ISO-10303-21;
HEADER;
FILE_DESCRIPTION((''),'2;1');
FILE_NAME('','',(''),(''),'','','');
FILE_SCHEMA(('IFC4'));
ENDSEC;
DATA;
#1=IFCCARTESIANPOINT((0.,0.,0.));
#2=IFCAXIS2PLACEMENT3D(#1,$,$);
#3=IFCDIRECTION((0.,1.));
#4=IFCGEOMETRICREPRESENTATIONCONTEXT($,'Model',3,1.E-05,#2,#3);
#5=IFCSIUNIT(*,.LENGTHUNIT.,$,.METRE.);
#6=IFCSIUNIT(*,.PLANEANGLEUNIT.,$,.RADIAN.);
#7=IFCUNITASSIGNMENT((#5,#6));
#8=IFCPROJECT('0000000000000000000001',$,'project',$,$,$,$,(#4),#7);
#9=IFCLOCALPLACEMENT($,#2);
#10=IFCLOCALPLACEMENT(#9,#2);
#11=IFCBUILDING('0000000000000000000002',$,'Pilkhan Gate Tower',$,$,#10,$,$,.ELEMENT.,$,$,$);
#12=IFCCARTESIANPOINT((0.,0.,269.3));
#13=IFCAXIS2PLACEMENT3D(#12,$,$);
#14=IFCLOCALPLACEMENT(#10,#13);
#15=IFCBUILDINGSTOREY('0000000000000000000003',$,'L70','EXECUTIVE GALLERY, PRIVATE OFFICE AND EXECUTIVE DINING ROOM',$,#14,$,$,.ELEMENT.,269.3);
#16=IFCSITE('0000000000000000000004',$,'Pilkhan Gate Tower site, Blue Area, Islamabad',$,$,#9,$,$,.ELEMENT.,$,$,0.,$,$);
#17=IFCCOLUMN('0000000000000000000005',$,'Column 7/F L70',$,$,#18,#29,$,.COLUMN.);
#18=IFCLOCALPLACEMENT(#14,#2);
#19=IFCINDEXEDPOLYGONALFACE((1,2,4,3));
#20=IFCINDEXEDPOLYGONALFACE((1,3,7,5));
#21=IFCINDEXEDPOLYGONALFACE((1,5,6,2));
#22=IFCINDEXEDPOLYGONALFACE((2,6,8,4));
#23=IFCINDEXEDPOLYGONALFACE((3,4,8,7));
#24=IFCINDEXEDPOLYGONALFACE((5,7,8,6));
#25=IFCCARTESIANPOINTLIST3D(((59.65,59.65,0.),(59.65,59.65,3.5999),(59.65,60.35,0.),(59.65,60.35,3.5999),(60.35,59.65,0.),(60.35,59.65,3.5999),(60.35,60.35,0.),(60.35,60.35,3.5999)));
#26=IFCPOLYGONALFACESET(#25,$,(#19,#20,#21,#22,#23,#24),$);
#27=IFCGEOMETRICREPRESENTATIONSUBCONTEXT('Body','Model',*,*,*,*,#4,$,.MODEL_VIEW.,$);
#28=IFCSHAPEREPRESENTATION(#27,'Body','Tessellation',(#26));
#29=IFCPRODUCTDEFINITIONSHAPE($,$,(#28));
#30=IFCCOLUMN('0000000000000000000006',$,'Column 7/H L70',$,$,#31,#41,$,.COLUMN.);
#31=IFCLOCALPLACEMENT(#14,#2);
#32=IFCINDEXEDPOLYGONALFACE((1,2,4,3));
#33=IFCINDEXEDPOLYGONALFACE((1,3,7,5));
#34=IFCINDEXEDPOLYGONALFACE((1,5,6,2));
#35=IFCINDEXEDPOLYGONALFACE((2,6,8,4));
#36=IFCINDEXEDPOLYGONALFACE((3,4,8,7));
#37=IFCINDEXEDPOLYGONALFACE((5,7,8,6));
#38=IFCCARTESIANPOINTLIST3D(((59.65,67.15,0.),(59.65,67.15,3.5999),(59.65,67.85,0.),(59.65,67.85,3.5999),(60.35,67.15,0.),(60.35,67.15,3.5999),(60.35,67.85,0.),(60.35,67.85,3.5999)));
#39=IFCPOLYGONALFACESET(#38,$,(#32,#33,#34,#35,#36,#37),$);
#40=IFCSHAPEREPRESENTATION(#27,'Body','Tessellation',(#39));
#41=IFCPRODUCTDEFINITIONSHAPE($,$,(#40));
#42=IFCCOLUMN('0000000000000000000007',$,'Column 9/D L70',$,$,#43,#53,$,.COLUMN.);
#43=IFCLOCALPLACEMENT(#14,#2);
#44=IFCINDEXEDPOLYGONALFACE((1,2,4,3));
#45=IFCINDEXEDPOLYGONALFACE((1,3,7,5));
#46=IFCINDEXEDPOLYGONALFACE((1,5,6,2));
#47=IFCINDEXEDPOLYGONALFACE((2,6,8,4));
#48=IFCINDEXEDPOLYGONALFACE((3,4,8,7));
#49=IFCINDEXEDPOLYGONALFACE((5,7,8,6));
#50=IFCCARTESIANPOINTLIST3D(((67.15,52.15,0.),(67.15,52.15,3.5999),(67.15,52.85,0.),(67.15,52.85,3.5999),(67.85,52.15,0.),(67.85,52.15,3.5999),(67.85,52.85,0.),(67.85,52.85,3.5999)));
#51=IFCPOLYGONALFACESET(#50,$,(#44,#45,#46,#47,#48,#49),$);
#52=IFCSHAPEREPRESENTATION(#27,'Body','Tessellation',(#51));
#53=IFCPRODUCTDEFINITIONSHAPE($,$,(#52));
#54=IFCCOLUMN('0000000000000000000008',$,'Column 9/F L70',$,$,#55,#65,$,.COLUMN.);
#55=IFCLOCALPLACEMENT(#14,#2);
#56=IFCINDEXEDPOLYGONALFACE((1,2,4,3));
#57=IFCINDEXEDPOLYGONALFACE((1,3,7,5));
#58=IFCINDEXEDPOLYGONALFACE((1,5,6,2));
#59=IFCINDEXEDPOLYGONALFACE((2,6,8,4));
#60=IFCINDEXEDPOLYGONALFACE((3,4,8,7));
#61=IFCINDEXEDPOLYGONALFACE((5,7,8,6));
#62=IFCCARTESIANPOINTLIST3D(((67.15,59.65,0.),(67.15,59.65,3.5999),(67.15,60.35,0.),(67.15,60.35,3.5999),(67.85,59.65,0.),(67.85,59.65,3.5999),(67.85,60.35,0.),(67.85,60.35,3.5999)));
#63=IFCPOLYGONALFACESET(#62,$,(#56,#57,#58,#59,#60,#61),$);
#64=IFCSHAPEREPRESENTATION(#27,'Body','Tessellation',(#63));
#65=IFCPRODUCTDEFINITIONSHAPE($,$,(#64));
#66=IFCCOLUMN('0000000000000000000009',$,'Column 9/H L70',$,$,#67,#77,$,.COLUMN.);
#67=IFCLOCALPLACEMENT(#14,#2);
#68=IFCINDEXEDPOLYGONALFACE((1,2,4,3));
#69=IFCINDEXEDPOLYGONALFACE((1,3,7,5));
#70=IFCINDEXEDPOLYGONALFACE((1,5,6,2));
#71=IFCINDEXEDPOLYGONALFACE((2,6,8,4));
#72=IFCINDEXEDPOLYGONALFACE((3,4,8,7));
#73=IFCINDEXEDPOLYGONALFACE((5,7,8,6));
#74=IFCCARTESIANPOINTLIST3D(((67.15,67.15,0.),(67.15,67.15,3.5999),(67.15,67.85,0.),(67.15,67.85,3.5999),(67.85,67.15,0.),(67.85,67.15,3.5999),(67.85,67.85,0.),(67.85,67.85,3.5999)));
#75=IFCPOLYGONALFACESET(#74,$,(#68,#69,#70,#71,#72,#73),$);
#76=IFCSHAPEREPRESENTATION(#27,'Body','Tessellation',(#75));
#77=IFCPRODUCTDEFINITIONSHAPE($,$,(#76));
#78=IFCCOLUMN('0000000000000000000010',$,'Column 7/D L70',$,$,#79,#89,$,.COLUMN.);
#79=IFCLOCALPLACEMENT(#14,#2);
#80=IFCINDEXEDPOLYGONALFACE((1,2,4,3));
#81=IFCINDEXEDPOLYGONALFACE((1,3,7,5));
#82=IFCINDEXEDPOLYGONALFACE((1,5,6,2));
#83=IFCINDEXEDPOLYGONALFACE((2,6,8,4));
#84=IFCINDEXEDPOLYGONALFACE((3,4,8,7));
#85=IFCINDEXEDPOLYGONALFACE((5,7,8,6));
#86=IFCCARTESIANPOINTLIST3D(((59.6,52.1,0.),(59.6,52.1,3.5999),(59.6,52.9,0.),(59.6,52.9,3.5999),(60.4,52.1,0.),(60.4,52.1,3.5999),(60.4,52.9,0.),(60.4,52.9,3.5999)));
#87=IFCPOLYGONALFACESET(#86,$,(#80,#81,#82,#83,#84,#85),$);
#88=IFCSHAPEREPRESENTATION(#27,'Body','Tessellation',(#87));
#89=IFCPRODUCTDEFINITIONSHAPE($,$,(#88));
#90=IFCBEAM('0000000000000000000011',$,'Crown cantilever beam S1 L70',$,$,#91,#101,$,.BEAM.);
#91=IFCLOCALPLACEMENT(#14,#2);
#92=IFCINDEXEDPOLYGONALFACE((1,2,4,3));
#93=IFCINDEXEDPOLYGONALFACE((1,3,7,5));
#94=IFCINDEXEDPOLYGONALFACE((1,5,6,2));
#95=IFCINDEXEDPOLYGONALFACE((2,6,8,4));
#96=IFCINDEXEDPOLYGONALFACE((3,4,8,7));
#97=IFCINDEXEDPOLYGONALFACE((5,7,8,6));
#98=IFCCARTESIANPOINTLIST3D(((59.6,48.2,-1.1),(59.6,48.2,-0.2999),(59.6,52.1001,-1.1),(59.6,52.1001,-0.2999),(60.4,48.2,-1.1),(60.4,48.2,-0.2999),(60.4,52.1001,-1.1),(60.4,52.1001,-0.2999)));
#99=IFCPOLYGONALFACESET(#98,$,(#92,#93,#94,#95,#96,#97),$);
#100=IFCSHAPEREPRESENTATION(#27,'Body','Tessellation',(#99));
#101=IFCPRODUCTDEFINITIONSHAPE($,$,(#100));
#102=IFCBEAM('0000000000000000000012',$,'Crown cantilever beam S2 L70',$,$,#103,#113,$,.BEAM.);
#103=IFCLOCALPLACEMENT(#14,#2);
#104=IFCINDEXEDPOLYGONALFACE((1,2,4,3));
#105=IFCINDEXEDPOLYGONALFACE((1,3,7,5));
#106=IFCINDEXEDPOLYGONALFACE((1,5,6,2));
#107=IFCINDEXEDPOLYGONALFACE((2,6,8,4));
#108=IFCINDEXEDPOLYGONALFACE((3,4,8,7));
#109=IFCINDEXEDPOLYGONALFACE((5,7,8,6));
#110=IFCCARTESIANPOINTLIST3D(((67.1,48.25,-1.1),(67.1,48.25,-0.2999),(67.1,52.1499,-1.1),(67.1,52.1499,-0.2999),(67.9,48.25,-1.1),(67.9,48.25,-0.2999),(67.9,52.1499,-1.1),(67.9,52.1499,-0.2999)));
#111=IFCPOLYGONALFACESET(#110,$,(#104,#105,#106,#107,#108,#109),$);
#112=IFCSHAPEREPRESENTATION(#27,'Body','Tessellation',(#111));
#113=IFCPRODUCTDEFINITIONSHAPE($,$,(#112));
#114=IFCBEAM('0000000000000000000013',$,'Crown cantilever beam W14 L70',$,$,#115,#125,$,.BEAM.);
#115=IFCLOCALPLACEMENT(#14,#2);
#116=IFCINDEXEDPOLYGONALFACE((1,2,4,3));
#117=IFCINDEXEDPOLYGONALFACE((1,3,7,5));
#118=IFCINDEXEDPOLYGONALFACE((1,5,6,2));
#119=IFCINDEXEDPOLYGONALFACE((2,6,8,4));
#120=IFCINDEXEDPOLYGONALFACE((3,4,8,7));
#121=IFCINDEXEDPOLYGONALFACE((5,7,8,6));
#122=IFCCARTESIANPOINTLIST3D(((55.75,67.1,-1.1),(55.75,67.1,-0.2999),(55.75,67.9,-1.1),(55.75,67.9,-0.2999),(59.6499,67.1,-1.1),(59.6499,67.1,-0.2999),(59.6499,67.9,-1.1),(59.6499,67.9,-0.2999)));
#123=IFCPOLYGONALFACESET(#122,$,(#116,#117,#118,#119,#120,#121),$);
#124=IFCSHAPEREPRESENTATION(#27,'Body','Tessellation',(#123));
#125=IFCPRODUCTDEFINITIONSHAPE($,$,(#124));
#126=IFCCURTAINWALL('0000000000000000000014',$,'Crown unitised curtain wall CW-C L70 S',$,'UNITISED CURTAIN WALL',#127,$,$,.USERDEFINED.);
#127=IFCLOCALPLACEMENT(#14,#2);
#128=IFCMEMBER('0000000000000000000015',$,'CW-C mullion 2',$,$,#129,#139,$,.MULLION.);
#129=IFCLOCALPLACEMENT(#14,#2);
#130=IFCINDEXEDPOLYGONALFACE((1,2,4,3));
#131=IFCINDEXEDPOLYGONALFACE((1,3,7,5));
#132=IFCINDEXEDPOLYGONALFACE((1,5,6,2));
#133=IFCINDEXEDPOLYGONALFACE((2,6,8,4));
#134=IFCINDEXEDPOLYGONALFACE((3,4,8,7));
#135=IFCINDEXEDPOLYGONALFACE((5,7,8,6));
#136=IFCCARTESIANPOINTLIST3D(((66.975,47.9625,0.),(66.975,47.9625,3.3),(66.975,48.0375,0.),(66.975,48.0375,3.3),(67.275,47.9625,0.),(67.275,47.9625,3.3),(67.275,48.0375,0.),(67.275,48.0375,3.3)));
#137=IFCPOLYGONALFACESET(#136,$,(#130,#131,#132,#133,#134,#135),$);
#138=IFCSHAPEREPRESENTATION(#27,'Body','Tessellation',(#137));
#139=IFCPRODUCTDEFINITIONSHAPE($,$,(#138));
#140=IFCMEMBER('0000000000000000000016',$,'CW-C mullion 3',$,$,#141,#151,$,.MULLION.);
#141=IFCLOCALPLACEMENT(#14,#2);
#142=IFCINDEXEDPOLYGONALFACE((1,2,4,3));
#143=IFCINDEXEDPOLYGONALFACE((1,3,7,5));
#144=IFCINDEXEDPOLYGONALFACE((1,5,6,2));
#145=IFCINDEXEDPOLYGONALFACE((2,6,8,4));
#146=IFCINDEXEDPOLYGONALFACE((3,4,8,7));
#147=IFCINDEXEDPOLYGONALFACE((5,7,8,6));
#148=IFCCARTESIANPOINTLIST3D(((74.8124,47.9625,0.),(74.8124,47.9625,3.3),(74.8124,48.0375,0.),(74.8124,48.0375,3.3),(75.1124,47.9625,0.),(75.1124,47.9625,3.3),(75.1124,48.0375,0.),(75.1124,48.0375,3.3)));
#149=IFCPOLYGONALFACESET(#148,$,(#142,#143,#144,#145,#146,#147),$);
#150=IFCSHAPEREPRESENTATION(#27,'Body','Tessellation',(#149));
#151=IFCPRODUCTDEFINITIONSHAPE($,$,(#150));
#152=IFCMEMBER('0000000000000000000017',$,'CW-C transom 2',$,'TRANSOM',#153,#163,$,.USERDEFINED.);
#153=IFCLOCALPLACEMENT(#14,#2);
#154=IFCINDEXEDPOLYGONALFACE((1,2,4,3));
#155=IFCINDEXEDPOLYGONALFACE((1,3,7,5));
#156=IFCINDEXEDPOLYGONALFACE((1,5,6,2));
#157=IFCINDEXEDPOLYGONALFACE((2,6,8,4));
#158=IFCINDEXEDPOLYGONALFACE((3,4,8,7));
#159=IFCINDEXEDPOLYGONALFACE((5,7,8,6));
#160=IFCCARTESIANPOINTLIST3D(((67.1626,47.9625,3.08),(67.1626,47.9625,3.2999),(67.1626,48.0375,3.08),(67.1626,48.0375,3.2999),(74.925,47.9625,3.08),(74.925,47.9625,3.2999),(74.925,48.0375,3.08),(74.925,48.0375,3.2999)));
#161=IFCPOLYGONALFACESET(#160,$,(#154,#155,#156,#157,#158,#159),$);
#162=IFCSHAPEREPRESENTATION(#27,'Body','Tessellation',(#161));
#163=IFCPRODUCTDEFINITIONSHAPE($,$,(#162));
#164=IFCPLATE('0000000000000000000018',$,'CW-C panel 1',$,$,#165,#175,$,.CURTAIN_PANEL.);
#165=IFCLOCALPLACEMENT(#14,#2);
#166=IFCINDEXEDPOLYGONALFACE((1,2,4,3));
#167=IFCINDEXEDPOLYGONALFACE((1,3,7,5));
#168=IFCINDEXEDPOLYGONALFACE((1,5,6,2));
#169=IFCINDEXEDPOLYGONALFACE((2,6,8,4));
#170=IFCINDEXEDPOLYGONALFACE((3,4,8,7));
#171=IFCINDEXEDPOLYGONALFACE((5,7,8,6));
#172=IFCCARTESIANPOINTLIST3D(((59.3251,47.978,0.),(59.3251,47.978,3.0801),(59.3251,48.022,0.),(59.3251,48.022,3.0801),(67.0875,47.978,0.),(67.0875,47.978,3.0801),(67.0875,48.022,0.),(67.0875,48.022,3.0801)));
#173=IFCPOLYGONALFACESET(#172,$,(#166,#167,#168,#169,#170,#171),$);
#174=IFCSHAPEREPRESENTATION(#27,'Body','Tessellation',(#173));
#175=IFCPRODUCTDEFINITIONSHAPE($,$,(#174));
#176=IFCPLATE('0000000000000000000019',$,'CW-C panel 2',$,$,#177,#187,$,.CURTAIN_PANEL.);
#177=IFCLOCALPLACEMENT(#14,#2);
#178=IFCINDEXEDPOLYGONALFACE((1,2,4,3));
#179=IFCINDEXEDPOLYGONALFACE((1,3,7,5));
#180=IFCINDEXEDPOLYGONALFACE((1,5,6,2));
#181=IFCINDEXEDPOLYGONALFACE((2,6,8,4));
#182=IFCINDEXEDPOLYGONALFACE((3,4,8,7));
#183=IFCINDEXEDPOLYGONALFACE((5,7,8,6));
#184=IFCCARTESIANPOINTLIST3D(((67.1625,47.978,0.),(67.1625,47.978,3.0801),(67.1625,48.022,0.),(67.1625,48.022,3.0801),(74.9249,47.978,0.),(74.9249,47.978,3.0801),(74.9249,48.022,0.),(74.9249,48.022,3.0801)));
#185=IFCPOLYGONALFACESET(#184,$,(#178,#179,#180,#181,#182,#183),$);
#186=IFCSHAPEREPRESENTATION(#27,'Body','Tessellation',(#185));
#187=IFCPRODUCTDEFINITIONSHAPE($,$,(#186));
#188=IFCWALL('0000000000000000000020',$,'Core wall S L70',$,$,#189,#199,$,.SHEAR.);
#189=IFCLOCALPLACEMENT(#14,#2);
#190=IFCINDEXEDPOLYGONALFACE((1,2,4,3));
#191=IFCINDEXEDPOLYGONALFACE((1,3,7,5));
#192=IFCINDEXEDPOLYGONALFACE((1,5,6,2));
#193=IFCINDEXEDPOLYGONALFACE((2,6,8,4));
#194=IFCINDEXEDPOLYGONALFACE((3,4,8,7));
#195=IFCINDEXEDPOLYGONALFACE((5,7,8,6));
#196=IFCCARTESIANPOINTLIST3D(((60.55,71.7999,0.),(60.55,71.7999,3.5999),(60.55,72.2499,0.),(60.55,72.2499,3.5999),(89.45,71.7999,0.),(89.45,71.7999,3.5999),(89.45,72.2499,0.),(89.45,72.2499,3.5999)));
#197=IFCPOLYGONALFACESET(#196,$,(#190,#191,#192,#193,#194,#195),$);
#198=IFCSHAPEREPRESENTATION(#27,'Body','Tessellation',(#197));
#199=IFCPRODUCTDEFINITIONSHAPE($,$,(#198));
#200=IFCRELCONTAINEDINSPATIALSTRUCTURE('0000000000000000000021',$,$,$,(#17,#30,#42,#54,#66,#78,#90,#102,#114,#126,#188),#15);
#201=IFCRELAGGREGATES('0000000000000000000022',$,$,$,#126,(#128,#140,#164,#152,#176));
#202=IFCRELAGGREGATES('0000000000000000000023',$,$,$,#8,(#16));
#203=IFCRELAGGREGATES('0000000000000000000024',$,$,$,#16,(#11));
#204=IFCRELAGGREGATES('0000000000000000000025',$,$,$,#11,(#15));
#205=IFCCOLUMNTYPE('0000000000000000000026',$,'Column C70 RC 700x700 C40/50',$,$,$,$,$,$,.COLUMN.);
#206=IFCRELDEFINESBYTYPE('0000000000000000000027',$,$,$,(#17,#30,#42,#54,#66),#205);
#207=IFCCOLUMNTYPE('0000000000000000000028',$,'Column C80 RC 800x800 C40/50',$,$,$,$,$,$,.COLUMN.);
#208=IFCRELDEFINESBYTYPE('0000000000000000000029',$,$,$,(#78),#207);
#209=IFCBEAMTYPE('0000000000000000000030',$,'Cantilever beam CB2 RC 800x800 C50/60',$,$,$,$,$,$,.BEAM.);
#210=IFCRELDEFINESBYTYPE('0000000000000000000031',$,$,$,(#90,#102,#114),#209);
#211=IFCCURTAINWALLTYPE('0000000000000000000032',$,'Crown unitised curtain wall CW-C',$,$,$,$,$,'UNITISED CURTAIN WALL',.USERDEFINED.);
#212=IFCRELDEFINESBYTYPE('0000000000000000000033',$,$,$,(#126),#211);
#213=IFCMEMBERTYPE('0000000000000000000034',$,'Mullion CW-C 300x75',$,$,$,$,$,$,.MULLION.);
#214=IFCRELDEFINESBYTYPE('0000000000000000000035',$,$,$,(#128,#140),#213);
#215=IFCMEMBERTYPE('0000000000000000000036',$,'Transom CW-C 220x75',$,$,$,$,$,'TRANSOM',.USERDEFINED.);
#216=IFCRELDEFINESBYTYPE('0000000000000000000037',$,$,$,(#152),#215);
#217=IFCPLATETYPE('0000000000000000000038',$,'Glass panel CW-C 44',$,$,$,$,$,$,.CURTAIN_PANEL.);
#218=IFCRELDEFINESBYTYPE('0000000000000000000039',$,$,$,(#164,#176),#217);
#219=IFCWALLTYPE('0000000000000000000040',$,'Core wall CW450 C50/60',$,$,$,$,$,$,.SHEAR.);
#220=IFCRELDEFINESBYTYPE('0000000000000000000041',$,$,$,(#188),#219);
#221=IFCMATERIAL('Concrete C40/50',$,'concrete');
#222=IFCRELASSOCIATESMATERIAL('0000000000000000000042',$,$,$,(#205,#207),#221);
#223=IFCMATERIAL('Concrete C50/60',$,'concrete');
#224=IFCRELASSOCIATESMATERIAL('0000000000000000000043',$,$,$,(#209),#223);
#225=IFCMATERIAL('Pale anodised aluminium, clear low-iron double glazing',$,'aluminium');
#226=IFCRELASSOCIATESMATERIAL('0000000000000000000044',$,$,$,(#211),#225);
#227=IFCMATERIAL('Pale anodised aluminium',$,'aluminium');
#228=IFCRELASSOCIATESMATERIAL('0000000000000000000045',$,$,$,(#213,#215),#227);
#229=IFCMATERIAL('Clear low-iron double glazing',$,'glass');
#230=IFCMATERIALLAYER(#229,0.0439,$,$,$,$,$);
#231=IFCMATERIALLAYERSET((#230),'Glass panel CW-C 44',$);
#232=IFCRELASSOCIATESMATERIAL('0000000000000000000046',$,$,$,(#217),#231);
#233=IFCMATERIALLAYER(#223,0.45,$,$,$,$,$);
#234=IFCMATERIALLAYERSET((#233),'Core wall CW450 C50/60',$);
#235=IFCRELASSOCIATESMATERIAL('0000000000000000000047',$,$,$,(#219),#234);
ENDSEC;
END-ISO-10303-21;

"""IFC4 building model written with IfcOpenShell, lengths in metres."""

from ifc_helpers import new_model, si_unit, direction, frame, frame_2d, origin, origin_2d, place, context, subcontext, project, spatial, rectangle, extrude, material, layer, layer_set, material_profile, profile_set, type_object, element, aggregate, save


model = new_model("IFC4")

# Units and contexts
model_context = context("Model", 3, precision=1e-05, world=origin(), true_north=direction((0.0, 1.0)))
body_context = subcontext(model_context, "Body", "Model", "MODEL_VIEW")
ifc_project = project(units=[si_unit("LENGTHUNIT", "METRE"), si_unit("PLANEANGLEUNIT", "RADIAN")], contexts=[model_context])

# Site, building, storey
site_placement = place(None, origin())
site = spatial("IfcSite", under=ifc_project, at=site_placement, Name="Pilkhan Gate Tower site, Blue Area, Islamabad", CompositionType="ELEMENT", RefElevation=0.0)
building_placement = place(site_placement, origin())
building = spatial("IfcBuilding", under=site, at=building_placement, Name="Pilkhan Gate Tower", CompositionType="ELEMENT")
storey_placement = place(building_placement, frame((0.0, 0.0, 269.3)))
storey = spatial("IfcBuildingStorey", under=building, at=storey_placement, Name="L70", Description="EXECUTIVE GALLERY, PRIVATE OFFICE AND EXECUTIVE DINING ROOM", CompositionType="ELEMENT", Elevation=269.3)

# Columns
ifc_material_1 = material(Name="Concrete C40/50", Category="concrete")
ifc_material_profile_1 = material_profile(ifc_material_1, rectangle(XDim=0.7, YDim=0.7, at=origin_2d()), Name="RC 700x700")
ifc_profile_set_1 = profile_set([ifc_material_profile_1], Name="Concrete C40/50")
column_type_1 = type_object("IfcColumnType", Name="Column C70 RC 700x700 C40/50", PredefinedType="COLUMN", material=ifc_profile_set_1)
for number, where, z_axis, x_axis, name in (
    (1, (60.0, 60.0, 0.0), (0.0, 0.0, 1.0), (1.0, 0.0, 0.0), "Column 7/F L70"),
    (2, (60.0, 67.5, 0.0), (0.0, 0.0, 1.0), (1.0, 0.0, 0.0), "Column 7/H L70"),
    (3, (67.5, 52.5, 0.0), (0.0, 0.0, 1.0), (1.0, 0.0, 0.0), "Column 9/D L70"),
    (4, (67.5, 60.0, 0.0), (0.0, 0.0, 1.0), (1.0, 0.0, 0.0), "Column 9/F L70"),
    (5, (67.5, 67.5, 0.0), (0.0, 0.0, 1.0), (1.0, 0.0, 0.0), "Column 9/H L70"),
):
    element("IfcColumn", number, at=place(storey_placement, frame(where, z_axis=z_axis, x_axis=x_axis)), inside=storey, type_object=column_type_1, Name=name, PredefinedType="COLUMN", context=body_context, shape_type="SweptSolid", body=[
        extrude(rectangle(XDim=0.7, YDim=0.7, at=origin_2d()), origin(), (0.0, 0.0, 1.0), 3.5999),
    ])
ifc_material_profile_2 = material_profile(ifc_material_1, rectangle(XDim=0.8, YDim=0.8, at=origin_2d()), Name="RC 800x800")
ifc_profile_set_2 = profile_set([ifc_material_profile_2], Name="Concrete C40/50")
column_type_2 = type_object("IfcColumnType", Name="Column C80 RC 800x800 C40/50", PredefinedType="COLUMN", material=ifc_profile_set_2)
column_placement = place(storey_placement, frame((60.0, 52.5, 0.0), z_axis=(0.0, 0.0, 1.0), x_axis=(1.0, 0.0, 0.0)))
element("IfcColumn", 6, at=column_placement, inside=storey, type_object=column_type_2, Name="Column 7/D L70", PredefinedType="COLUMN", context=body_context, shape_type="SweptSolid", body=[
    extrude(rectangle(XDim=0.8, YDim=0.8, at=origin_2d()), origin(), (0.0, 0.0, 1.0), 3.5999),
])

# Beams
ifc_material_2 = material(Name="Concrete C50/60", Category="concrete")
ifc_material_profile_3 = material_profile(ifc_material_2, rectangle(XDim=0.8, YDim=0.8, at=origin_2d()), Name="RC 800x800")
ifc_profile_set_3 = profile_set([ifc_material_profile_3], Name="Concrete C50/60")
beam_type = type_object("IfcBeamType", Name="Cantilever beam CB2 RC 800x800 C50/60", PredefinedType="BEAM", material=ifc_profile_set_3)
beam_placement = place(storey_placement, frame((60.0, 52.1001, -0.7), z_axis=(0.0, -1.0, 0.0), x_axis=(1.0, 0.0, 0.0)))
element("IfcBeam", 7, at=beam_placement, inside=storey, type_object=beam_type, Name="Crown cantilever beam S1 L70", PredefinedType="BEAM", context=body_context, shape_type="SweptSolid", body=[
    extrude(rectangle(XDim=0.8, YDim=0.8, at=origin_2d()), origin(), (0.0, 0.0, 1.0), 3.9001),
])
for number, where, z_axis, x_axis, name in (
    (8, (67.5, 52.1499, -0.7), (0.0, -1.0, 0.0), (1.0, 0.0, 0.0), "Crown cantilever beam S2 L70"),
    (9, (59.6499, 67.5, -0.7), (-1.0, 0.0, 0.0), (0.0, -1.0, 0.0), "Crown cantilever beam W14 L70"),
):
    element("IfcBeam", number, at=place(storey_placement, frame(where, z_axis=z_axis, x_axis=x_axis)), inside=storey, type_object=beam_type, Name=name, PredefinedType="BEAM", context=body_context, shape_type="SweptSolid", body=[
        extrude(rectangle(XDim=0.8, YDim=0.8, at=origin_2d()), origin(), (0.0, 0.0, 1.0), 3.8999),
    ])

# Curtain wall, members, plates
ifc_material_3 = material(Name="Pale anodised aluminium, clear low-iron double glazing", Category="aluminium")
curtain_wall_type = type_object("IfcCurtainWallType", Name="Crown unitised curtain wall CW-C", ElementType="UNITISED CURTAIN WALL", PredefinedType="USERDEFINED", material=ifc_material_3)
curtain_wall_placement = place(storey_placement, origin())
curtain_wall = element("IfcCurtainWall", 10, at=curtain_wall_placement, inside=storey, type_object=curtain_wall_type, Name="Crown unitised curtain wall CW-C L70 S", ObjectType="UNITISED CURTAIN WALL", PredefinedType="USERDEFINED")
ifc_material_4 = material(Name="Pale anodised aluminium", Category="aluminium")
ifc_material_profile_4 = material_profile(ifc_material_4, rectangle(XDim=0.075, YDim=0.3, at=origin_2d()), Name="Mullion 300x75")
ifc_profile_set_4 = profile_set([ifc_material_profile_4], Name="Pale anodised aluminium")
member_type_1 = type_object("IfcMemberType", Name="Mullion CW-C 300x75", PredefinedType="MULLION", material=ifc_profile_set_4)
member_1_placement = place(storey_placement, frame((67.125, 48.0, 0.0), z_axis=(0.0, 0.0, 1.0), x_axis=(0.0, 1.0, 0.0)))
member_1 = element("IfcMember", 11, at=member_1_placement, type_object=member_type_1, Name="CW-C mullion 2", PredefinedType="MULLION", context=body_context, shape_type="SweptSolid", body=[
    extrude(rectangle(XDim=0.075, YDim=0.3, at=origin_2d()), origin(), (0.0, 0.0, 1.0), 3.3),
])
member_2_placement = place(storey_placement, frame((74.9624, 48.0, 0.0), z_axis=(0.0, 0.0, 1.0), x_axis=(0.0, 1.0, 0.0)))
member_2 = element("IfcMember", 12, at=member_2_placement, type_object=member_type_1, Name="CW-C mullion 3", PredefinedType="MULLION", context=body_context, shape_type="SweptSolid", body=[
    extrude(rectangle(XDim=0.075, YDim=0.3, at=origin_2d()), origin(), (0.0, 0.0, 1.0), 3.3),
])
ifc_material_profile_5 = material_profile(ifc_material_4, rectangle(XDim=0.075, YDim=0.22, at=origin_2d()), Name="Transom 220x75")
ifc_profile_set_5 = profile_set([ifc_material_profile_5], Name="Pale anodised aluminium")
member_type_2 = type_object("IfcMemberType", Name="Transom CW-C 220x75", ElementType="TRANSOM", PredefinedType="USERDEFINED", material=ifc_profile_set_5)
member_3_placement = place(storey_placement, frame((67.1626, 48.0, 3.1899), z_axis=(1.0, 0.0, 0.0), x_axis=(0.0, 1.0, 0.0)))
member_3 = element("IfcMember", 13, at=member_3_placement, type_object=member_type_2, Name="CW-C transom 2", ObjectType="TRANSOM", PredefinedType="USERDEFINED", context=body_context, shape_type="SweptSolid", body=[
    extrude(rectangle(XDim=0.075, YDim=0.22, at=origin_2d()), origin(), (0.0, 0.0, 1.0), 7.7625),
])
ifc_material_5 = material(Name="Clear low-iron double glazing", Category="glass")
ifc_layer_1 = layer(ifc_material_5, 0.0439)
ifc_layer_set_1 = layer_set([ifc_layer_1], Name="Glass panel CW-C 44")
plate_type = type_object("IfcPlateType", Name="Glass panel CW-C 44", PredefinedType="CURTAIN_PANEL", material=ifc_layer_set_1)
plate_1_placement = place(storey_placement, frame((63.2063, 48.0, 0.0), z_axis=(0.0, 0.0, 1.0), x_axis=(1.0, 0.0, 0.0)))
plate_1 = element("IfcPlate", 14, at=plate_1_placement, type_object=plate_type, Name="CW-C panel 1", PredefinedType="CURTAIN_PANEL", context=body_context, shape_type="SweptSolid", body=[
    extrude(rectangle(XDim=7.7625, YDim=0.0439, at=origin_2d()), origin(), (0.0, 0.0, 1.0), 3.0801),
])
plate_2_placement = place(storey_placement, frame((71.0437, 48.0, 0.0), z_axis=(0.0, 0.0, 1.0), x_axis=(1.0, 0.0, 0.0)))
plate_2 = element("IfcPlate", 15, at=plate_2_placement, type_object=plate_type, Name="CW-C panel 2", PredefinedType="CURTAIN_PANEL", context=body_context, shape_type="SweptSolid", body=[
    extrude(rectangle(XDim=7.7625, YDim=0.0439, at=origin_2d()), origin(), (0.0, 0.0, 1.0), 3.0801),
])
aggregate(curtain_wall, [member_1, member_2, plate_1, member_3, plate_2])

# Wall
ifc_layer_2 = layer(ifc_material_2, 0.45)
ifc_layer_set_2 = layer_set([ifc_layer_2], Name="Core wall CW450 C50/60")
wall_type_1 = type_object("IfcWallType", Name="Core wall CW450 C50/60", PredefinedType="SHEAR", material=ifc_layer_set_2)
wall_1_placement = place(storey_placement, frame((60.55, 72.0249, 0.0), z_axis=(0.0, 0.0, 1.0), x_axis=(1.0, 0.0, 0.0)))
element("IfcWall", 16, at=wall_1_placement, inside=storey, type_object=wall_type_1, Name="Core wall S L70", PredefinedType="SHEAR", context=body_context, shape_type="SweptSolid", body=[
    extrude(rectangle(XDim=28.8999, YDim=0.45, at=frame_2d((14.45, 0.0))), origin(), (0.0, 0.0, 1.0), 3.5999),
])

save(model, "model.ifc")
